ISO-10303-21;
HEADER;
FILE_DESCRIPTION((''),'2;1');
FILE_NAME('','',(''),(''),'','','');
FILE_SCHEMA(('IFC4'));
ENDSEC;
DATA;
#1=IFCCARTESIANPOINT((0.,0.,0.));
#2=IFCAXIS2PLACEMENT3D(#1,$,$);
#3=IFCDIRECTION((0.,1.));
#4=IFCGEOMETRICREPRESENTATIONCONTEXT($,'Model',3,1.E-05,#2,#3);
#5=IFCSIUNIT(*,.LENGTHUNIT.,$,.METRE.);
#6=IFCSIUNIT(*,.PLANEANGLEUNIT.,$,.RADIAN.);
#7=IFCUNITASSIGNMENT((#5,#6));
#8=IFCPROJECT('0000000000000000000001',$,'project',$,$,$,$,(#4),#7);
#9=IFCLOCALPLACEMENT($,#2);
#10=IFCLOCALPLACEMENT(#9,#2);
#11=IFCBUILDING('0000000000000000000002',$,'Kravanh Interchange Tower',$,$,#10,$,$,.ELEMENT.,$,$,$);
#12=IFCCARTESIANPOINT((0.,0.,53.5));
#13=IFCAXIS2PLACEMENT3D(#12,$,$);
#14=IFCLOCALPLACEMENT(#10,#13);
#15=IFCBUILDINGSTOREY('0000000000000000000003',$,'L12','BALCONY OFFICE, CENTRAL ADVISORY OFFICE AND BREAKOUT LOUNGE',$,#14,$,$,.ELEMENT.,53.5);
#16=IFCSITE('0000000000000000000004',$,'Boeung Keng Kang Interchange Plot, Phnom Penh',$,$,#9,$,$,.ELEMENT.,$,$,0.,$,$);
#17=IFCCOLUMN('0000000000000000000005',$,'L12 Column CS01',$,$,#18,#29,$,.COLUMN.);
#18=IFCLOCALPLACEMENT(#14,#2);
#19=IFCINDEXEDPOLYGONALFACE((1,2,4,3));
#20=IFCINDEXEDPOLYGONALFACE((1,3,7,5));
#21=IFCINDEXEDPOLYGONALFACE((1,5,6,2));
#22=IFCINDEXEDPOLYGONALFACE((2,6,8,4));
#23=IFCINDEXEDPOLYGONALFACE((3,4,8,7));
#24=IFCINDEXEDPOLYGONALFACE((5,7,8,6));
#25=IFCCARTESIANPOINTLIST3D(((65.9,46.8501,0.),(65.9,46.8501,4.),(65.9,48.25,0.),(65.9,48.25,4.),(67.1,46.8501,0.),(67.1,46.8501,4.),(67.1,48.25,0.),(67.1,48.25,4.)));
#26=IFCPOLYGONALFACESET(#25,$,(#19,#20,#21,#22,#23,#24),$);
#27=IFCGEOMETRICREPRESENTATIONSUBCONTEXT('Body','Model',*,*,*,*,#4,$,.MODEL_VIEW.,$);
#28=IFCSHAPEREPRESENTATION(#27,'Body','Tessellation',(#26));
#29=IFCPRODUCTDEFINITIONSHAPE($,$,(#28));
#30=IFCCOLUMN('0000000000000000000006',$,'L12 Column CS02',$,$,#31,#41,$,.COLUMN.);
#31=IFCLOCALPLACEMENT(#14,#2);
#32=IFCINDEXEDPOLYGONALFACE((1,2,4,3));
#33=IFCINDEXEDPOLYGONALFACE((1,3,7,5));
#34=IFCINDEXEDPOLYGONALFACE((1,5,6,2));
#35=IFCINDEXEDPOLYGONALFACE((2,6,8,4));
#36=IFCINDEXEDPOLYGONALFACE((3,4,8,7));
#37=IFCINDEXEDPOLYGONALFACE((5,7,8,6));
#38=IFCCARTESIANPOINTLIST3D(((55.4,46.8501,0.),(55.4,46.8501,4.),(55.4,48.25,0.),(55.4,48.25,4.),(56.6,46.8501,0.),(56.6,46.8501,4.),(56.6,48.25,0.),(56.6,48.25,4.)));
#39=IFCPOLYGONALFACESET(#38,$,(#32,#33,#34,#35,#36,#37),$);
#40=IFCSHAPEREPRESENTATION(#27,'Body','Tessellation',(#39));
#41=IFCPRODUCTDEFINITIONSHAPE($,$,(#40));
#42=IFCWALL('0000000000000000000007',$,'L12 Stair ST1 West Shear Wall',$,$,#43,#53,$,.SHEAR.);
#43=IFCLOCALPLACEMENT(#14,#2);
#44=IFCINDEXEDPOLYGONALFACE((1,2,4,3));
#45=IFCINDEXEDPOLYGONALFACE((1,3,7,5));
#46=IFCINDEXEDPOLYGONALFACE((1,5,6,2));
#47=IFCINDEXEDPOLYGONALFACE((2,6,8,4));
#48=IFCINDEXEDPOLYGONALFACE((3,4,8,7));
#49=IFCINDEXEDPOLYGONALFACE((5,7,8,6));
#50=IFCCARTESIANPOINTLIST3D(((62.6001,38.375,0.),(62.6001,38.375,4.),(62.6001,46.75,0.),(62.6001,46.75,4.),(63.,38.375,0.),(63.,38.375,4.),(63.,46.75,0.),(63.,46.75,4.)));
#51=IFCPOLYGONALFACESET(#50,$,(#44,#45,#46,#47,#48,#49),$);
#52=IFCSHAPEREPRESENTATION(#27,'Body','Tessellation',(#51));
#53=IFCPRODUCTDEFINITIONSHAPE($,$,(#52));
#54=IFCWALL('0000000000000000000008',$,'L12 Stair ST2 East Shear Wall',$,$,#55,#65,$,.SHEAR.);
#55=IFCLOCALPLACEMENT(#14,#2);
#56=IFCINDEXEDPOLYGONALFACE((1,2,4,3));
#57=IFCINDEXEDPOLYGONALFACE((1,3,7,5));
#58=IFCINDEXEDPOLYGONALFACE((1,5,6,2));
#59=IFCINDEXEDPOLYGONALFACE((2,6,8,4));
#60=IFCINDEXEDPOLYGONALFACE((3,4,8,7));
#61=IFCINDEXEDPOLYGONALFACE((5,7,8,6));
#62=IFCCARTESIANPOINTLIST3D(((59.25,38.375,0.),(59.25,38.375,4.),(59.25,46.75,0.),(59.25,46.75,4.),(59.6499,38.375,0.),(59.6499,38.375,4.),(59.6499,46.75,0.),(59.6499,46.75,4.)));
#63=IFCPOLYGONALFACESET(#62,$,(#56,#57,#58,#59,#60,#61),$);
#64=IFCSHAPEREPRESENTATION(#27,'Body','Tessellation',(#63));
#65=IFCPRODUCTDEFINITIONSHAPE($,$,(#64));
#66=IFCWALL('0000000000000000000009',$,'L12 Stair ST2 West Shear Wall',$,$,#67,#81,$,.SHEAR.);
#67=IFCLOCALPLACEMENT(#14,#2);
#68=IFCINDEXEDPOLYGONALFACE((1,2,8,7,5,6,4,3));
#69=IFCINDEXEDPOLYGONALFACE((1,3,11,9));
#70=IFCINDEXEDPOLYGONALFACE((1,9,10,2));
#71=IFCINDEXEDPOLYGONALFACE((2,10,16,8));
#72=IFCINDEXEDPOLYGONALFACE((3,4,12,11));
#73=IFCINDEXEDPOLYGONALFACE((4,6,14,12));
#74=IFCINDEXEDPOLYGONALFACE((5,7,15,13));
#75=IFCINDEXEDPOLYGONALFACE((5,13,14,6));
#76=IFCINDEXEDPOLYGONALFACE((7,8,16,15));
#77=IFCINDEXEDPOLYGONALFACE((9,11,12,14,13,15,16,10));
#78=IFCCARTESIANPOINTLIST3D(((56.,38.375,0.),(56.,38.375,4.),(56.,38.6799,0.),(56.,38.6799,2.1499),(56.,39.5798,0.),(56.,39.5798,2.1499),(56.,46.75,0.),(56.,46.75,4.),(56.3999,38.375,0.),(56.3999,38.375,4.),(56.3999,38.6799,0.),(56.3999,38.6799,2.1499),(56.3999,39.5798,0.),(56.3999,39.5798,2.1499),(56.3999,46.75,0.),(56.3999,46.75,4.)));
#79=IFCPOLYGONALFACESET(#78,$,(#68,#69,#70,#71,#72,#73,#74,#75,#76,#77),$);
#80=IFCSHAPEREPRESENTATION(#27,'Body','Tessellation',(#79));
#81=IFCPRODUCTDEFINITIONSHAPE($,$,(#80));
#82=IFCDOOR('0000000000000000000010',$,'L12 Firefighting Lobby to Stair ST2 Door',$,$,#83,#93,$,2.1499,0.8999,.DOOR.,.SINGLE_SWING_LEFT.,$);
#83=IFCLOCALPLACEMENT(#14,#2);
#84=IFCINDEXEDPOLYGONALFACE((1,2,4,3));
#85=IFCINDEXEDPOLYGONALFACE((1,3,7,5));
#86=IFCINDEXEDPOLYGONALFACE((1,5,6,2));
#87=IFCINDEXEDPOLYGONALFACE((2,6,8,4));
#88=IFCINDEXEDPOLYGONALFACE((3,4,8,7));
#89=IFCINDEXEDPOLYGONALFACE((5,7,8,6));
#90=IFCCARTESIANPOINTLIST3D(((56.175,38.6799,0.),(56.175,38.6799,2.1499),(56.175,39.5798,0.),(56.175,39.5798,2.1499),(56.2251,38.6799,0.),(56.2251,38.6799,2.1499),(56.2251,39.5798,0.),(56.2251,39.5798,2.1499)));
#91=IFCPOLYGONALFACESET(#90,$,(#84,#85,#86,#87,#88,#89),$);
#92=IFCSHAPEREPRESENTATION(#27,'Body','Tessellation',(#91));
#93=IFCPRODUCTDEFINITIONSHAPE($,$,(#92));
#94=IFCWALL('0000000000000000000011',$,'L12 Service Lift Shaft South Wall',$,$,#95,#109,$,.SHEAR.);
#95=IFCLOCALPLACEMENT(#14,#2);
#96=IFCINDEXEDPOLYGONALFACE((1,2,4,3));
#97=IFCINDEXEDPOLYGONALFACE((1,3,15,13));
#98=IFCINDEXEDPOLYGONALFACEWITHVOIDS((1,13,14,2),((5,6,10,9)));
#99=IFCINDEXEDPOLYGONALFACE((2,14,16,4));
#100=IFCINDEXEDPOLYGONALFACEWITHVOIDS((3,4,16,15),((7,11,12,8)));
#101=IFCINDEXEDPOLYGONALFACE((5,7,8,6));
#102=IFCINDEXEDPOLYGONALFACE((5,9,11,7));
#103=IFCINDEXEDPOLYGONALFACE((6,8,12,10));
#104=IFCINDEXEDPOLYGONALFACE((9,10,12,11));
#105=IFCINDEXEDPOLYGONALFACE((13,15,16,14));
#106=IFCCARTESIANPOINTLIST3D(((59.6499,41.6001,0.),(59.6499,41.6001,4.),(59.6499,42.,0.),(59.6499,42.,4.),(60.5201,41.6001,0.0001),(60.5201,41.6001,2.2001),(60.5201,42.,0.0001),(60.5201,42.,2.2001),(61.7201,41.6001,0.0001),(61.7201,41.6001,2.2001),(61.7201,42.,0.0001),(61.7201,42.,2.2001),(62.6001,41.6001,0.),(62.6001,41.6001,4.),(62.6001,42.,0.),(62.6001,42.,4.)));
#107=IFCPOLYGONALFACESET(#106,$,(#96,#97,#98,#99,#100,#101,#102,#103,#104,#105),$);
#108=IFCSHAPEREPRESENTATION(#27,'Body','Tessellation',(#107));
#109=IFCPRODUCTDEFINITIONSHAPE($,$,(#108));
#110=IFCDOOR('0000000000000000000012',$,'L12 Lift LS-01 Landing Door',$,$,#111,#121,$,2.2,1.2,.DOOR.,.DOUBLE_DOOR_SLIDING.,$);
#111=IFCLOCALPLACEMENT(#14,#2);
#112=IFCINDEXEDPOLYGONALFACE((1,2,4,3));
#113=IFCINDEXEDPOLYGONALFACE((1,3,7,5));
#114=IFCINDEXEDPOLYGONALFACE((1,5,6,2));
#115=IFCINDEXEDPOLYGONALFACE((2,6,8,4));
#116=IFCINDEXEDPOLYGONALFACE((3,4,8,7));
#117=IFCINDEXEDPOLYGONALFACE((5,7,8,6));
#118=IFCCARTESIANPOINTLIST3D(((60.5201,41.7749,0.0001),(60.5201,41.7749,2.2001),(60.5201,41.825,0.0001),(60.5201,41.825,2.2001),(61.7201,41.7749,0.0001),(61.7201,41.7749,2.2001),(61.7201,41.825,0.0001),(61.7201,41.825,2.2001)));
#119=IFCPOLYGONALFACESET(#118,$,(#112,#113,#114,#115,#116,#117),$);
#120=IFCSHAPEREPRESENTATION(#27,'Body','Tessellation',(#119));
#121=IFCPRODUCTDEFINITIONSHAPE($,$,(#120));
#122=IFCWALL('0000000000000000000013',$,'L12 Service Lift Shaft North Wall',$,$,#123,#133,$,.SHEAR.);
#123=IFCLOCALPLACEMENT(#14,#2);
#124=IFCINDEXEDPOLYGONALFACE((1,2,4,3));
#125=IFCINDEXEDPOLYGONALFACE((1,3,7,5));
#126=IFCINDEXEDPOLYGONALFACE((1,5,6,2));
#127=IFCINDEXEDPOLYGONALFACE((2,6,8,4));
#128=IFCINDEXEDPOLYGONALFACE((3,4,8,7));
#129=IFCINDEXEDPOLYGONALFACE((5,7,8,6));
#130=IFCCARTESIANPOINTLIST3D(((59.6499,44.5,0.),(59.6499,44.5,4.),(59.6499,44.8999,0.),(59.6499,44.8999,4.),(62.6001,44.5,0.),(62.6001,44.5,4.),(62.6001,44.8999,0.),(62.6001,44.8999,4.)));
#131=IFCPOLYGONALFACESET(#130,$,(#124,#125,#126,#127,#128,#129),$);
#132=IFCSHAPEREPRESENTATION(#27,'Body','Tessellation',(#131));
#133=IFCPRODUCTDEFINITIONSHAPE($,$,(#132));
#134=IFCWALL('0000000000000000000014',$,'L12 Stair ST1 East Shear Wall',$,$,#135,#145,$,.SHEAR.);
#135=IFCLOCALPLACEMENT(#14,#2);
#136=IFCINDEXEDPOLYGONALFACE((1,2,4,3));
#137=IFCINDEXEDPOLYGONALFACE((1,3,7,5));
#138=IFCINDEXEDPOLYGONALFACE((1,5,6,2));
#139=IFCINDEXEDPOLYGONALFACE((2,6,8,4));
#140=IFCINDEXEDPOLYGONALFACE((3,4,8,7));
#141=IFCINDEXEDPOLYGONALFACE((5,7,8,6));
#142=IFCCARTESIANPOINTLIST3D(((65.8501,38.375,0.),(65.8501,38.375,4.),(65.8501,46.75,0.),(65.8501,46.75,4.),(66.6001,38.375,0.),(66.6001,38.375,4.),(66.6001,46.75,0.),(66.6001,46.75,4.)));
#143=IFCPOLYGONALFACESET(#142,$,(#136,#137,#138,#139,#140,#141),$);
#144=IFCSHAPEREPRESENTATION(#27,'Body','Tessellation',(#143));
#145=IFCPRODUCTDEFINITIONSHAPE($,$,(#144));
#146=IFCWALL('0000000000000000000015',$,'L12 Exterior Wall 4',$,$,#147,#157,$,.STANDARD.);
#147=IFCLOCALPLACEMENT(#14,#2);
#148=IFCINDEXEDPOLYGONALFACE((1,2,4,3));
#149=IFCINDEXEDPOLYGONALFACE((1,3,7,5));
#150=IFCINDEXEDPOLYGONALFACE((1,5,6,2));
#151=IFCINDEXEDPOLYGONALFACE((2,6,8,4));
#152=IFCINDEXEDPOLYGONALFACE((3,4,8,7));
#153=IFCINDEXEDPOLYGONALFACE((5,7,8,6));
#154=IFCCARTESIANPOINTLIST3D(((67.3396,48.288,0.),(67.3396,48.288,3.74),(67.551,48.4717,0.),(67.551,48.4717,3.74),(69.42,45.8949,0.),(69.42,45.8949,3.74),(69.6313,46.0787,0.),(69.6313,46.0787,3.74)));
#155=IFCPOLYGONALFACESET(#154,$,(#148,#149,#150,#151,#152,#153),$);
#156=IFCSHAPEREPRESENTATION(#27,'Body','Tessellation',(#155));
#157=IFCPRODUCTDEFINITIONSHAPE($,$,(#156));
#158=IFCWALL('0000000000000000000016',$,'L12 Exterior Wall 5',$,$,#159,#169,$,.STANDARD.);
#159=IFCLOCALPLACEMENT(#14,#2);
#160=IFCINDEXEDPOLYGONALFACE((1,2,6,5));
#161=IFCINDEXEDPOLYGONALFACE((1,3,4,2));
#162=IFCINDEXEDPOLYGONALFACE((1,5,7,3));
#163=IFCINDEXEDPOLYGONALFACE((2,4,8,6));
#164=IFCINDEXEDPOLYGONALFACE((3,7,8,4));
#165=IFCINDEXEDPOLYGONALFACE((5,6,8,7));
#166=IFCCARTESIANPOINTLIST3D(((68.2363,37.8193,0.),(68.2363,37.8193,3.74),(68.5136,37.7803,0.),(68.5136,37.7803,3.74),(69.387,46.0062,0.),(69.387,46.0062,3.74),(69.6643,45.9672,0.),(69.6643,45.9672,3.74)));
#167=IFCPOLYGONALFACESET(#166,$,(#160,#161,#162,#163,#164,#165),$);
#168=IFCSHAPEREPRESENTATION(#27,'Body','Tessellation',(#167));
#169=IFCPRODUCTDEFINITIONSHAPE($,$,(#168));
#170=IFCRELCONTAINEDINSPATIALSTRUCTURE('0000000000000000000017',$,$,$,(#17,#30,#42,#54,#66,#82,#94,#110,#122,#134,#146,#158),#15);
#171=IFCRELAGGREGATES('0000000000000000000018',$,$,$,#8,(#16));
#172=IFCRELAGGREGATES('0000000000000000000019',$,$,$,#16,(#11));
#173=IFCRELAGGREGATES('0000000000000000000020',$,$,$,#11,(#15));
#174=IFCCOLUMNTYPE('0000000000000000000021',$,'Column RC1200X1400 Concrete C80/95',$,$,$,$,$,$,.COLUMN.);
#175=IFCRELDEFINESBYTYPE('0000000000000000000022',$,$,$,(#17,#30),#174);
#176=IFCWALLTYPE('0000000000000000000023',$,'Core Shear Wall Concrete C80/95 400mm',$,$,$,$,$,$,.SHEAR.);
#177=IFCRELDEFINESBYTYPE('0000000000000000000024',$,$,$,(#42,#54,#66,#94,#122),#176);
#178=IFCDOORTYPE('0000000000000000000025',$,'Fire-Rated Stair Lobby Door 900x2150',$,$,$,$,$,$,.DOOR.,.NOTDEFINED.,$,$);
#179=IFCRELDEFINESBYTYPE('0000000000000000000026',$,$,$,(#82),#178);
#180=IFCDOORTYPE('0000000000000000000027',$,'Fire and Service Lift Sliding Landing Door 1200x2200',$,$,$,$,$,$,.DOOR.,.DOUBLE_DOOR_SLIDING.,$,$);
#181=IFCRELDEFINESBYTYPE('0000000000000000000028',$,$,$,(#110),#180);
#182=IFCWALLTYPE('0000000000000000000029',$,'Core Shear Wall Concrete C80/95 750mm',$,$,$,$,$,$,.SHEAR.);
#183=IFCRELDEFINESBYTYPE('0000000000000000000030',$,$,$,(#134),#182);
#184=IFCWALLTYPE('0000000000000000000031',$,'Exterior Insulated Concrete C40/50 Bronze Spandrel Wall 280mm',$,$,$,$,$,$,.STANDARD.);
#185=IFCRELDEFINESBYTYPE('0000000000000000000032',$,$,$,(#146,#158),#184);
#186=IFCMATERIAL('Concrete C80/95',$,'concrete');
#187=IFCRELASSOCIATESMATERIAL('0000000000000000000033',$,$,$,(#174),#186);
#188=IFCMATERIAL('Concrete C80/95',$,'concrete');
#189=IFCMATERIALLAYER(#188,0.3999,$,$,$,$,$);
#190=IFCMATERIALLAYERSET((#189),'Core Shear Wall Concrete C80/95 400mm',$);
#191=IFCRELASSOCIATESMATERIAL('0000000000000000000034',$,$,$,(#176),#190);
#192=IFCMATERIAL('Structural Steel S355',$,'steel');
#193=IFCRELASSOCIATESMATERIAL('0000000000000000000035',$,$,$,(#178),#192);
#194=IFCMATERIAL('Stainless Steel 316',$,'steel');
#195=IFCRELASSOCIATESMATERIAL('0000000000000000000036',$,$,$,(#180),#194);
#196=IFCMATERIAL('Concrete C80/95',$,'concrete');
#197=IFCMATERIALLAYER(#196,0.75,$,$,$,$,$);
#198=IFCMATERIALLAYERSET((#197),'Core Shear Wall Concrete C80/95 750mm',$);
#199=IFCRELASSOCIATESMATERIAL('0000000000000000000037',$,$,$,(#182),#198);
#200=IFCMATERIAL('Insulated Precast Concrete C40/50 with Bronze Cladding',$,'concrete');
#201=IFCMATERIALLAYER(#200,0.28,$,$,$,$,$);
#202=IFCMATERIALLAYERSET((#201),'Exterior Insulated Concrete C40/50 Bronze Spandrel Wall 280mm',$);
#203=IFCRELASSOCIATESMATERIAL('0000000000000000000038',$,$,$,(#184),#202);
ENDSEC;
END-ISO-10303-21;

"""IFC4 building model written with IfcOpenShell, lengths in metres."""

from ifc_helpers import new_model, si_unit, direction, frame, frame_2d, origin, origin_2d, place, context, subcontext, project, spatial, rectangle, extrude, material, layer, layer_set, material_profile, profile_set, type_object, element, fill, save


model = new_model("IFC4")

# Units and contexts
model_context = context("Model", 3, precision=1e-05, world=origin(), true_north=direction((0.0, 1.0)))
body_context = subcontext(model_context, "Body", "Model", "MODEL_VIEW")
ifc_project = project(units=[si_unit("LENGTHUNIT", "METRE"), si_unit("PLANEANGLEUNIT", "RADIAN")], contexts=[model_context])

# Site, building, storey
site_placement = place(None, origin())
site = spatial("IfcSite", under=ifc_project, at=site_placement, Name="Boeung Keng Kang Interchange Plot, Phnom Penh", CompositionType="ELEMENT", RefElevation=0.0)
building_placement = place(site_placement, origin())
building = spatial("IfcBuilding", under=site, at=building_placement, Name="Kravanh Interchange Tower", CompositionType="ELEMENT")
storey_placement = place(building_placement, frame((0.0, 0.0, 53.5)))
storey = spatial("IfcBuildingStorey", under=building, at=storey_placement, Name="L12", Description="BALCONY OFFICE, CENTRAL ADVISORY OFFICE AND BREAKOUT LOUNGE", CompositionType="ELEMENT", Elevation=53.5)

# Columns
ifc_material_1 = material(Name="Concrete C80/95", Category="concrete")
ifc_material_profile = material_profile(ifc_material_1, rectangle(XDim=1.2, YDim=1.3999, at=origin_2d()), Name="RC1200X1400")
ifc_profile_set = profile_set([ifc_material_profile], Name="Concrete C80/95")
column_type = type_object("IfcColumnType", Name="Column RC1200X1400 Concrete C80/95", PredefinedType="COLUMN", material=ifc_profile_set)
for number, where, z_axis, x_axis, name in (
    (1, (66.5, 47.55, 0.0), (0.0, 0.0, 1.0), (1.0, 0.0, 0.0), "L12 Column CS01"),
    (2, (56.0, 47.55, 0.0), (0.0, 0.0, 1.0), (1.0, 0.0, 0.0), "L12 Column CS02"),
):
    element("IfcColumn", number, at=place(storey_placement, frame(where, z_axis=z_axis, x_axis=x_axis)), inside=storey, type_object=column_type, Name=name, PredefinedType="COLUMN", context=body_context, shape_type="SweptSolid", body=[
        extrude(rectangle(XDim=1.2, YDim=1.3999, at=origin_2d()), origin(), (0.0, 0.0, 1.0), 4.0),
    ])

# Walls
ifc_material_2 = material(Name="Concrete C80/95", Category="concrete")
ifc_layer_1 = layer(ifc_material_2, 0.3999)
ifc_layer_set_1 = layer_set([ifc_layer_1], Name="Core Shear Wall Concrete C80/95 400mm")
wall_type_1 = type_object("IfcWallType", Name="Core Shear Wall Concrete C80/95 400mm", PredefinedType="SHEAR", material=ifc_layer_set_1)
for number, where, z_axis, x_axis, name in (
    (3, (62.8, 38.375, 0.0), (0.0, 0.0, 1.0), (0.0, 1.0, 0.0), "L12 Stair ST1 West Shear Wall"),
    (4, (59.45, 38.375, 0.0), (0.0, 0.0, 1.0), (0.0, 1.0, 0.0), "L12 Stair ST2 East Shear Wall"),
):
    element("IfcWall", number, at=place(storey_placement, frame(where, z_axis=z_axis, x_axis=x_axis)), inside=storey, type_object=wall_type_1, Name=name, PredefinedType="SHEAR", context=body_context, shape_type="SweptSolid", body=[
        extrude(rectangle(XDim=8.375, YDim=0.3999, at=frame_2d((4.1875, 0.0))), origin(), (0.0, 0.0, 1.0), 4.0),
    ])

# Walls, openings, doors
wall_1_placement = place(storey_placement, frame((56.2, 38.375, 0.0), z_axis=(0.0, 0.0, 1.0), x_axis=(0.0, 1.0, 0.0)))
wall_1 = element("IfcWall", 5, at=wall_1_placement, inside=storey, type_object=wall_type_1, Name="L12 Stair ST2 West Shear Wall", PredefinedType="SHEAR", context=body_context, shape_type="SweptSolid", body=[
    extrude(rectangle(XDim=8.375, YDim=0.3999, at=frame_2d((4.1875, 0.0))), origin(), (0.0, 0.0, 1.0), 4.0),
])
opening_1_placement = place(wall_1_placement, frame((0.3049, 0.0, 0.0)))
opening_1 = element("IfcOpeningElement", 6, at=opening_1_placement, cuts=wall_1, PredefinedType="OPENING", context=body_context, shape_type="SweptSolid", body=[
    extrude(rectangle(XDim=0.8999, YDim=2.1499, at=frame_2d((0.45, 1.075))), frame((0.0, 0.21, 0.0), z_axis=(0.0, -1.0, 0.0), x_axis=(1.0, 0.0, 0.0)), (0.0, 0.0, 1.0), 0.4199),
])
ifc_material_3 = material(Name="Structural Steel S355", Category="steel")
door_type_1 = type_object("IfcDoorType", Name="Fire-Rated Stair Lobby Door 900x2150", OperationType="NOTDEFINED", PredefinedType="DOOR", material=ifc_material_3)
door_1_placement = place(opening_1_placement, origin())
door_1 = element("IfcDoor", 7, at=door_1_placement, inside=storey, type_object=door_type_1, Name="L12 Firefighting Lobby to Stair ST2 Door", OperationType="SINGLE_SWING_LEFT", OverallHeight=2.1499, OverallWidth=0.8999, PredefinedType="DOOR", context=body_context, shape_type="SweptSolid", body=[
    extrude(rectangle(XDim=0.8999, YDim=2.1499, at=frame_2d((0.45, 1.075))), frame((0.0, 0.0249, 0.0), z_axis=(0.0, -1.0, 0.0), x_axis=(1.0, 0.0, 0.0)), (0.0, 0.0, 1.0), 0.05),
])
fill(opening_1, door_1)
wall_2_placement = place(storey_placement, frame((59.6499, 41.8, 0.0), z_axis=(0.0, 0.0, 1.0), x_axis=(1.0, 0.0, 0.0)))
wall_2 = element("IfcWall", 8, at=wall_2_placement, inside=storey, type_object=wall_type_1, Name="L12 Service Lift Shaft South Wall", PredefinedType="SHEAR", context=body_context, shape_type="SweptSolid", body=[
    extrude(rectangle(XDim=2.9502, YDim=0.3999, at=frame_2d((1.4751, 0.0))), origin(), (0.0, 0.0, 1.0), 4.0),
])
opening_2_placement = place(wall_2_placement, frame((0.8701, 0.0, 0.0)))
opening_2 = element("IfcOpeningElement", 9, at=opening_2_placement, cuts=wall_2, PredefinedType="OPENING", context=body_context, shape_type="SweptSolid", body=[
    extrude(rectangle(XDim=1.2, YDim=2.2, at=frame_2d((0.6001, 1.1001))), frame((0.0, 0.21, 0.0), z_axis=(0.0, -1.0, 0.0), x_axis=(1.0, 0.0, 0.0)), (0.0, 0.0, 1.0), 0.4199),
])
ifc_material_4 = material(Name="Stainless Steel 316", Category="steel")
door_type_2 = type_object("IfcDoorType", Name="Fire and Service Lift Sliding Landing Door 1200x2200", OperationType="DOUBLE_DOOR_SLIDING", PredefinedType="DOOR", material=ifc_material_4)
door_2_placement = place(opening_2_placement, origin())
door_2 = element("IfcDoor", 10, at=door_2_placement, inside=storey, type_object=door_type_2, Name="L12 Lift LS-01 Landing Door", OperationType="DOUBLE_DOOR_SLIDING", OverallHeight=2.2, OverallWidth=1.2, PredefinedType="DOOR", context=body_context, shape_type="SweptSolid", body=[
    extrude(rectangle(XDim=1.2, YDim=2.2, at=frame_2d((0.6001, 1.1001))), frame((0.0, 0.0249, 0.0), z_axis=(0.0, -1.0, 0.0), x_axis=(1.0, 0.0, 0.0)), (0.0, 0.0, 1.0), 0.05),
])
fill(opening_2, door_2)

# Walls
wall_3_placement = place(storey_placement, frame((59.6499, 44.7, 0.0), z_axis=(0.0, 0.0, 1.0), x_axis=(1.0, 0.0, 0.0)))
element("IfcWall", 11, at=wall_3_placement, inside=storey, type_object=wall_type_1, Name="L12 Service Lift Shaft North Wall", PredefinedType="SHEAR", context=body_context, shape_type="SweptSolid", body=[
    extrude(rectangle(XDim=2.9502, YDim=0.3999, at=frame_2d((1.4751, 0.0))), origin(), (0.0, 0.0, 1.0), 4.0),
])
ifc_material_5 = material(Name="Concrete C80/95", Category="concrete")
ifc_layer_2 = layer(ifc_material_5, 0.75)
ifc_layer_set_2 = layer_set([ifc_layer_2], Name="Core Shear Wall Concrete C80/95 750mm")
wall_type_2 = type_object("IfcWallType", Name="Core Shear Wall Concrete C80/95 750mm", PredefinedType="SHEAR", material=ifc_layer_set_2)
wall_4_placement = place(storey_placement, frame((66.2251, 38.375, 0.0), z_axis=(0.0, 0.0, 1.0), x_axis=(0.0, 1.0, 0.0)))
element("IfcWall", 12, at=wall_4_placement, inside=storey, type_object=wall_type_2, Name="L12 Stair ST1 East Shear Wall", PredefinedType="SHEAR", context=body_context, shape_type="SweptSolid", body=[
    extrude(rectangle(XDim=8.375, YDim=0.75, at=frame_2d((4.1875, 0.0))), origin(), (0.0, 0.0, 1.0), 4.0),
])
ifc_material_6 = material(Name="Insulated Precast Concrete C40/50 with Bronze Cladding", Category="concrete")
ifc_layer_3 = layer(ifc_material_6, 0.28)
ifc_layer_set_3 = layer_set([ifc_layer_3], Name="Exterior Insulated Concrete C40/50 Bronze Spandrel Wall 280mm")
wall_type_3 = type_object("IfcWallType", Name="Exterior Insulated Concrete C40/50 Bronze Spandrel Wall 280mm", PredefinedType="STANDARD", material=ifc_layer_set_3)
wall_5_placement = place(storey_placement, frame((67.4453, 48.3799, 0.0), z_axis=(0.0, 0.0, 1.0), x_axis=(0.65607, -0.7547, 0.0)))
element("IfcWall", 13, at=wall_5_placement, inside=storey, type_object=wall_type_3, Name="L12 Exterior Wall 4", PredefinedType="STANDARD", context=body_context, shape_type="SweptSolid", body=[
    extrude(rectangle(XDim=3.1709, YDim=0.28, at=frame_2d((1.5854, 0.0))), origin(), (0.0, 0.0, 1.0), 3.74),
])
wall_6_placement = place(storey_placement, frame((69.5256, 45.9868, 0.0), z_axis=(0.0, 0.0, 1.0), x_axis=(-0.13918, -0.990267, 0.0)))
element("IfcWall", 14, at=wall_6_placement, inside=storey, type_object=wall_type_3, Name="L12 Exterior Wall 5", PredefinedType="STANDARD", context=body_context, shape_type="SweptSolid", body=[
    extrude(rectangle(XDim=8.2673, YDim=0.28, at=frame_2d((4.1338, 0.0))), origin(), (0.0, 0.0, 1.0), 3.74),
])

save(model, "model.ifc")
